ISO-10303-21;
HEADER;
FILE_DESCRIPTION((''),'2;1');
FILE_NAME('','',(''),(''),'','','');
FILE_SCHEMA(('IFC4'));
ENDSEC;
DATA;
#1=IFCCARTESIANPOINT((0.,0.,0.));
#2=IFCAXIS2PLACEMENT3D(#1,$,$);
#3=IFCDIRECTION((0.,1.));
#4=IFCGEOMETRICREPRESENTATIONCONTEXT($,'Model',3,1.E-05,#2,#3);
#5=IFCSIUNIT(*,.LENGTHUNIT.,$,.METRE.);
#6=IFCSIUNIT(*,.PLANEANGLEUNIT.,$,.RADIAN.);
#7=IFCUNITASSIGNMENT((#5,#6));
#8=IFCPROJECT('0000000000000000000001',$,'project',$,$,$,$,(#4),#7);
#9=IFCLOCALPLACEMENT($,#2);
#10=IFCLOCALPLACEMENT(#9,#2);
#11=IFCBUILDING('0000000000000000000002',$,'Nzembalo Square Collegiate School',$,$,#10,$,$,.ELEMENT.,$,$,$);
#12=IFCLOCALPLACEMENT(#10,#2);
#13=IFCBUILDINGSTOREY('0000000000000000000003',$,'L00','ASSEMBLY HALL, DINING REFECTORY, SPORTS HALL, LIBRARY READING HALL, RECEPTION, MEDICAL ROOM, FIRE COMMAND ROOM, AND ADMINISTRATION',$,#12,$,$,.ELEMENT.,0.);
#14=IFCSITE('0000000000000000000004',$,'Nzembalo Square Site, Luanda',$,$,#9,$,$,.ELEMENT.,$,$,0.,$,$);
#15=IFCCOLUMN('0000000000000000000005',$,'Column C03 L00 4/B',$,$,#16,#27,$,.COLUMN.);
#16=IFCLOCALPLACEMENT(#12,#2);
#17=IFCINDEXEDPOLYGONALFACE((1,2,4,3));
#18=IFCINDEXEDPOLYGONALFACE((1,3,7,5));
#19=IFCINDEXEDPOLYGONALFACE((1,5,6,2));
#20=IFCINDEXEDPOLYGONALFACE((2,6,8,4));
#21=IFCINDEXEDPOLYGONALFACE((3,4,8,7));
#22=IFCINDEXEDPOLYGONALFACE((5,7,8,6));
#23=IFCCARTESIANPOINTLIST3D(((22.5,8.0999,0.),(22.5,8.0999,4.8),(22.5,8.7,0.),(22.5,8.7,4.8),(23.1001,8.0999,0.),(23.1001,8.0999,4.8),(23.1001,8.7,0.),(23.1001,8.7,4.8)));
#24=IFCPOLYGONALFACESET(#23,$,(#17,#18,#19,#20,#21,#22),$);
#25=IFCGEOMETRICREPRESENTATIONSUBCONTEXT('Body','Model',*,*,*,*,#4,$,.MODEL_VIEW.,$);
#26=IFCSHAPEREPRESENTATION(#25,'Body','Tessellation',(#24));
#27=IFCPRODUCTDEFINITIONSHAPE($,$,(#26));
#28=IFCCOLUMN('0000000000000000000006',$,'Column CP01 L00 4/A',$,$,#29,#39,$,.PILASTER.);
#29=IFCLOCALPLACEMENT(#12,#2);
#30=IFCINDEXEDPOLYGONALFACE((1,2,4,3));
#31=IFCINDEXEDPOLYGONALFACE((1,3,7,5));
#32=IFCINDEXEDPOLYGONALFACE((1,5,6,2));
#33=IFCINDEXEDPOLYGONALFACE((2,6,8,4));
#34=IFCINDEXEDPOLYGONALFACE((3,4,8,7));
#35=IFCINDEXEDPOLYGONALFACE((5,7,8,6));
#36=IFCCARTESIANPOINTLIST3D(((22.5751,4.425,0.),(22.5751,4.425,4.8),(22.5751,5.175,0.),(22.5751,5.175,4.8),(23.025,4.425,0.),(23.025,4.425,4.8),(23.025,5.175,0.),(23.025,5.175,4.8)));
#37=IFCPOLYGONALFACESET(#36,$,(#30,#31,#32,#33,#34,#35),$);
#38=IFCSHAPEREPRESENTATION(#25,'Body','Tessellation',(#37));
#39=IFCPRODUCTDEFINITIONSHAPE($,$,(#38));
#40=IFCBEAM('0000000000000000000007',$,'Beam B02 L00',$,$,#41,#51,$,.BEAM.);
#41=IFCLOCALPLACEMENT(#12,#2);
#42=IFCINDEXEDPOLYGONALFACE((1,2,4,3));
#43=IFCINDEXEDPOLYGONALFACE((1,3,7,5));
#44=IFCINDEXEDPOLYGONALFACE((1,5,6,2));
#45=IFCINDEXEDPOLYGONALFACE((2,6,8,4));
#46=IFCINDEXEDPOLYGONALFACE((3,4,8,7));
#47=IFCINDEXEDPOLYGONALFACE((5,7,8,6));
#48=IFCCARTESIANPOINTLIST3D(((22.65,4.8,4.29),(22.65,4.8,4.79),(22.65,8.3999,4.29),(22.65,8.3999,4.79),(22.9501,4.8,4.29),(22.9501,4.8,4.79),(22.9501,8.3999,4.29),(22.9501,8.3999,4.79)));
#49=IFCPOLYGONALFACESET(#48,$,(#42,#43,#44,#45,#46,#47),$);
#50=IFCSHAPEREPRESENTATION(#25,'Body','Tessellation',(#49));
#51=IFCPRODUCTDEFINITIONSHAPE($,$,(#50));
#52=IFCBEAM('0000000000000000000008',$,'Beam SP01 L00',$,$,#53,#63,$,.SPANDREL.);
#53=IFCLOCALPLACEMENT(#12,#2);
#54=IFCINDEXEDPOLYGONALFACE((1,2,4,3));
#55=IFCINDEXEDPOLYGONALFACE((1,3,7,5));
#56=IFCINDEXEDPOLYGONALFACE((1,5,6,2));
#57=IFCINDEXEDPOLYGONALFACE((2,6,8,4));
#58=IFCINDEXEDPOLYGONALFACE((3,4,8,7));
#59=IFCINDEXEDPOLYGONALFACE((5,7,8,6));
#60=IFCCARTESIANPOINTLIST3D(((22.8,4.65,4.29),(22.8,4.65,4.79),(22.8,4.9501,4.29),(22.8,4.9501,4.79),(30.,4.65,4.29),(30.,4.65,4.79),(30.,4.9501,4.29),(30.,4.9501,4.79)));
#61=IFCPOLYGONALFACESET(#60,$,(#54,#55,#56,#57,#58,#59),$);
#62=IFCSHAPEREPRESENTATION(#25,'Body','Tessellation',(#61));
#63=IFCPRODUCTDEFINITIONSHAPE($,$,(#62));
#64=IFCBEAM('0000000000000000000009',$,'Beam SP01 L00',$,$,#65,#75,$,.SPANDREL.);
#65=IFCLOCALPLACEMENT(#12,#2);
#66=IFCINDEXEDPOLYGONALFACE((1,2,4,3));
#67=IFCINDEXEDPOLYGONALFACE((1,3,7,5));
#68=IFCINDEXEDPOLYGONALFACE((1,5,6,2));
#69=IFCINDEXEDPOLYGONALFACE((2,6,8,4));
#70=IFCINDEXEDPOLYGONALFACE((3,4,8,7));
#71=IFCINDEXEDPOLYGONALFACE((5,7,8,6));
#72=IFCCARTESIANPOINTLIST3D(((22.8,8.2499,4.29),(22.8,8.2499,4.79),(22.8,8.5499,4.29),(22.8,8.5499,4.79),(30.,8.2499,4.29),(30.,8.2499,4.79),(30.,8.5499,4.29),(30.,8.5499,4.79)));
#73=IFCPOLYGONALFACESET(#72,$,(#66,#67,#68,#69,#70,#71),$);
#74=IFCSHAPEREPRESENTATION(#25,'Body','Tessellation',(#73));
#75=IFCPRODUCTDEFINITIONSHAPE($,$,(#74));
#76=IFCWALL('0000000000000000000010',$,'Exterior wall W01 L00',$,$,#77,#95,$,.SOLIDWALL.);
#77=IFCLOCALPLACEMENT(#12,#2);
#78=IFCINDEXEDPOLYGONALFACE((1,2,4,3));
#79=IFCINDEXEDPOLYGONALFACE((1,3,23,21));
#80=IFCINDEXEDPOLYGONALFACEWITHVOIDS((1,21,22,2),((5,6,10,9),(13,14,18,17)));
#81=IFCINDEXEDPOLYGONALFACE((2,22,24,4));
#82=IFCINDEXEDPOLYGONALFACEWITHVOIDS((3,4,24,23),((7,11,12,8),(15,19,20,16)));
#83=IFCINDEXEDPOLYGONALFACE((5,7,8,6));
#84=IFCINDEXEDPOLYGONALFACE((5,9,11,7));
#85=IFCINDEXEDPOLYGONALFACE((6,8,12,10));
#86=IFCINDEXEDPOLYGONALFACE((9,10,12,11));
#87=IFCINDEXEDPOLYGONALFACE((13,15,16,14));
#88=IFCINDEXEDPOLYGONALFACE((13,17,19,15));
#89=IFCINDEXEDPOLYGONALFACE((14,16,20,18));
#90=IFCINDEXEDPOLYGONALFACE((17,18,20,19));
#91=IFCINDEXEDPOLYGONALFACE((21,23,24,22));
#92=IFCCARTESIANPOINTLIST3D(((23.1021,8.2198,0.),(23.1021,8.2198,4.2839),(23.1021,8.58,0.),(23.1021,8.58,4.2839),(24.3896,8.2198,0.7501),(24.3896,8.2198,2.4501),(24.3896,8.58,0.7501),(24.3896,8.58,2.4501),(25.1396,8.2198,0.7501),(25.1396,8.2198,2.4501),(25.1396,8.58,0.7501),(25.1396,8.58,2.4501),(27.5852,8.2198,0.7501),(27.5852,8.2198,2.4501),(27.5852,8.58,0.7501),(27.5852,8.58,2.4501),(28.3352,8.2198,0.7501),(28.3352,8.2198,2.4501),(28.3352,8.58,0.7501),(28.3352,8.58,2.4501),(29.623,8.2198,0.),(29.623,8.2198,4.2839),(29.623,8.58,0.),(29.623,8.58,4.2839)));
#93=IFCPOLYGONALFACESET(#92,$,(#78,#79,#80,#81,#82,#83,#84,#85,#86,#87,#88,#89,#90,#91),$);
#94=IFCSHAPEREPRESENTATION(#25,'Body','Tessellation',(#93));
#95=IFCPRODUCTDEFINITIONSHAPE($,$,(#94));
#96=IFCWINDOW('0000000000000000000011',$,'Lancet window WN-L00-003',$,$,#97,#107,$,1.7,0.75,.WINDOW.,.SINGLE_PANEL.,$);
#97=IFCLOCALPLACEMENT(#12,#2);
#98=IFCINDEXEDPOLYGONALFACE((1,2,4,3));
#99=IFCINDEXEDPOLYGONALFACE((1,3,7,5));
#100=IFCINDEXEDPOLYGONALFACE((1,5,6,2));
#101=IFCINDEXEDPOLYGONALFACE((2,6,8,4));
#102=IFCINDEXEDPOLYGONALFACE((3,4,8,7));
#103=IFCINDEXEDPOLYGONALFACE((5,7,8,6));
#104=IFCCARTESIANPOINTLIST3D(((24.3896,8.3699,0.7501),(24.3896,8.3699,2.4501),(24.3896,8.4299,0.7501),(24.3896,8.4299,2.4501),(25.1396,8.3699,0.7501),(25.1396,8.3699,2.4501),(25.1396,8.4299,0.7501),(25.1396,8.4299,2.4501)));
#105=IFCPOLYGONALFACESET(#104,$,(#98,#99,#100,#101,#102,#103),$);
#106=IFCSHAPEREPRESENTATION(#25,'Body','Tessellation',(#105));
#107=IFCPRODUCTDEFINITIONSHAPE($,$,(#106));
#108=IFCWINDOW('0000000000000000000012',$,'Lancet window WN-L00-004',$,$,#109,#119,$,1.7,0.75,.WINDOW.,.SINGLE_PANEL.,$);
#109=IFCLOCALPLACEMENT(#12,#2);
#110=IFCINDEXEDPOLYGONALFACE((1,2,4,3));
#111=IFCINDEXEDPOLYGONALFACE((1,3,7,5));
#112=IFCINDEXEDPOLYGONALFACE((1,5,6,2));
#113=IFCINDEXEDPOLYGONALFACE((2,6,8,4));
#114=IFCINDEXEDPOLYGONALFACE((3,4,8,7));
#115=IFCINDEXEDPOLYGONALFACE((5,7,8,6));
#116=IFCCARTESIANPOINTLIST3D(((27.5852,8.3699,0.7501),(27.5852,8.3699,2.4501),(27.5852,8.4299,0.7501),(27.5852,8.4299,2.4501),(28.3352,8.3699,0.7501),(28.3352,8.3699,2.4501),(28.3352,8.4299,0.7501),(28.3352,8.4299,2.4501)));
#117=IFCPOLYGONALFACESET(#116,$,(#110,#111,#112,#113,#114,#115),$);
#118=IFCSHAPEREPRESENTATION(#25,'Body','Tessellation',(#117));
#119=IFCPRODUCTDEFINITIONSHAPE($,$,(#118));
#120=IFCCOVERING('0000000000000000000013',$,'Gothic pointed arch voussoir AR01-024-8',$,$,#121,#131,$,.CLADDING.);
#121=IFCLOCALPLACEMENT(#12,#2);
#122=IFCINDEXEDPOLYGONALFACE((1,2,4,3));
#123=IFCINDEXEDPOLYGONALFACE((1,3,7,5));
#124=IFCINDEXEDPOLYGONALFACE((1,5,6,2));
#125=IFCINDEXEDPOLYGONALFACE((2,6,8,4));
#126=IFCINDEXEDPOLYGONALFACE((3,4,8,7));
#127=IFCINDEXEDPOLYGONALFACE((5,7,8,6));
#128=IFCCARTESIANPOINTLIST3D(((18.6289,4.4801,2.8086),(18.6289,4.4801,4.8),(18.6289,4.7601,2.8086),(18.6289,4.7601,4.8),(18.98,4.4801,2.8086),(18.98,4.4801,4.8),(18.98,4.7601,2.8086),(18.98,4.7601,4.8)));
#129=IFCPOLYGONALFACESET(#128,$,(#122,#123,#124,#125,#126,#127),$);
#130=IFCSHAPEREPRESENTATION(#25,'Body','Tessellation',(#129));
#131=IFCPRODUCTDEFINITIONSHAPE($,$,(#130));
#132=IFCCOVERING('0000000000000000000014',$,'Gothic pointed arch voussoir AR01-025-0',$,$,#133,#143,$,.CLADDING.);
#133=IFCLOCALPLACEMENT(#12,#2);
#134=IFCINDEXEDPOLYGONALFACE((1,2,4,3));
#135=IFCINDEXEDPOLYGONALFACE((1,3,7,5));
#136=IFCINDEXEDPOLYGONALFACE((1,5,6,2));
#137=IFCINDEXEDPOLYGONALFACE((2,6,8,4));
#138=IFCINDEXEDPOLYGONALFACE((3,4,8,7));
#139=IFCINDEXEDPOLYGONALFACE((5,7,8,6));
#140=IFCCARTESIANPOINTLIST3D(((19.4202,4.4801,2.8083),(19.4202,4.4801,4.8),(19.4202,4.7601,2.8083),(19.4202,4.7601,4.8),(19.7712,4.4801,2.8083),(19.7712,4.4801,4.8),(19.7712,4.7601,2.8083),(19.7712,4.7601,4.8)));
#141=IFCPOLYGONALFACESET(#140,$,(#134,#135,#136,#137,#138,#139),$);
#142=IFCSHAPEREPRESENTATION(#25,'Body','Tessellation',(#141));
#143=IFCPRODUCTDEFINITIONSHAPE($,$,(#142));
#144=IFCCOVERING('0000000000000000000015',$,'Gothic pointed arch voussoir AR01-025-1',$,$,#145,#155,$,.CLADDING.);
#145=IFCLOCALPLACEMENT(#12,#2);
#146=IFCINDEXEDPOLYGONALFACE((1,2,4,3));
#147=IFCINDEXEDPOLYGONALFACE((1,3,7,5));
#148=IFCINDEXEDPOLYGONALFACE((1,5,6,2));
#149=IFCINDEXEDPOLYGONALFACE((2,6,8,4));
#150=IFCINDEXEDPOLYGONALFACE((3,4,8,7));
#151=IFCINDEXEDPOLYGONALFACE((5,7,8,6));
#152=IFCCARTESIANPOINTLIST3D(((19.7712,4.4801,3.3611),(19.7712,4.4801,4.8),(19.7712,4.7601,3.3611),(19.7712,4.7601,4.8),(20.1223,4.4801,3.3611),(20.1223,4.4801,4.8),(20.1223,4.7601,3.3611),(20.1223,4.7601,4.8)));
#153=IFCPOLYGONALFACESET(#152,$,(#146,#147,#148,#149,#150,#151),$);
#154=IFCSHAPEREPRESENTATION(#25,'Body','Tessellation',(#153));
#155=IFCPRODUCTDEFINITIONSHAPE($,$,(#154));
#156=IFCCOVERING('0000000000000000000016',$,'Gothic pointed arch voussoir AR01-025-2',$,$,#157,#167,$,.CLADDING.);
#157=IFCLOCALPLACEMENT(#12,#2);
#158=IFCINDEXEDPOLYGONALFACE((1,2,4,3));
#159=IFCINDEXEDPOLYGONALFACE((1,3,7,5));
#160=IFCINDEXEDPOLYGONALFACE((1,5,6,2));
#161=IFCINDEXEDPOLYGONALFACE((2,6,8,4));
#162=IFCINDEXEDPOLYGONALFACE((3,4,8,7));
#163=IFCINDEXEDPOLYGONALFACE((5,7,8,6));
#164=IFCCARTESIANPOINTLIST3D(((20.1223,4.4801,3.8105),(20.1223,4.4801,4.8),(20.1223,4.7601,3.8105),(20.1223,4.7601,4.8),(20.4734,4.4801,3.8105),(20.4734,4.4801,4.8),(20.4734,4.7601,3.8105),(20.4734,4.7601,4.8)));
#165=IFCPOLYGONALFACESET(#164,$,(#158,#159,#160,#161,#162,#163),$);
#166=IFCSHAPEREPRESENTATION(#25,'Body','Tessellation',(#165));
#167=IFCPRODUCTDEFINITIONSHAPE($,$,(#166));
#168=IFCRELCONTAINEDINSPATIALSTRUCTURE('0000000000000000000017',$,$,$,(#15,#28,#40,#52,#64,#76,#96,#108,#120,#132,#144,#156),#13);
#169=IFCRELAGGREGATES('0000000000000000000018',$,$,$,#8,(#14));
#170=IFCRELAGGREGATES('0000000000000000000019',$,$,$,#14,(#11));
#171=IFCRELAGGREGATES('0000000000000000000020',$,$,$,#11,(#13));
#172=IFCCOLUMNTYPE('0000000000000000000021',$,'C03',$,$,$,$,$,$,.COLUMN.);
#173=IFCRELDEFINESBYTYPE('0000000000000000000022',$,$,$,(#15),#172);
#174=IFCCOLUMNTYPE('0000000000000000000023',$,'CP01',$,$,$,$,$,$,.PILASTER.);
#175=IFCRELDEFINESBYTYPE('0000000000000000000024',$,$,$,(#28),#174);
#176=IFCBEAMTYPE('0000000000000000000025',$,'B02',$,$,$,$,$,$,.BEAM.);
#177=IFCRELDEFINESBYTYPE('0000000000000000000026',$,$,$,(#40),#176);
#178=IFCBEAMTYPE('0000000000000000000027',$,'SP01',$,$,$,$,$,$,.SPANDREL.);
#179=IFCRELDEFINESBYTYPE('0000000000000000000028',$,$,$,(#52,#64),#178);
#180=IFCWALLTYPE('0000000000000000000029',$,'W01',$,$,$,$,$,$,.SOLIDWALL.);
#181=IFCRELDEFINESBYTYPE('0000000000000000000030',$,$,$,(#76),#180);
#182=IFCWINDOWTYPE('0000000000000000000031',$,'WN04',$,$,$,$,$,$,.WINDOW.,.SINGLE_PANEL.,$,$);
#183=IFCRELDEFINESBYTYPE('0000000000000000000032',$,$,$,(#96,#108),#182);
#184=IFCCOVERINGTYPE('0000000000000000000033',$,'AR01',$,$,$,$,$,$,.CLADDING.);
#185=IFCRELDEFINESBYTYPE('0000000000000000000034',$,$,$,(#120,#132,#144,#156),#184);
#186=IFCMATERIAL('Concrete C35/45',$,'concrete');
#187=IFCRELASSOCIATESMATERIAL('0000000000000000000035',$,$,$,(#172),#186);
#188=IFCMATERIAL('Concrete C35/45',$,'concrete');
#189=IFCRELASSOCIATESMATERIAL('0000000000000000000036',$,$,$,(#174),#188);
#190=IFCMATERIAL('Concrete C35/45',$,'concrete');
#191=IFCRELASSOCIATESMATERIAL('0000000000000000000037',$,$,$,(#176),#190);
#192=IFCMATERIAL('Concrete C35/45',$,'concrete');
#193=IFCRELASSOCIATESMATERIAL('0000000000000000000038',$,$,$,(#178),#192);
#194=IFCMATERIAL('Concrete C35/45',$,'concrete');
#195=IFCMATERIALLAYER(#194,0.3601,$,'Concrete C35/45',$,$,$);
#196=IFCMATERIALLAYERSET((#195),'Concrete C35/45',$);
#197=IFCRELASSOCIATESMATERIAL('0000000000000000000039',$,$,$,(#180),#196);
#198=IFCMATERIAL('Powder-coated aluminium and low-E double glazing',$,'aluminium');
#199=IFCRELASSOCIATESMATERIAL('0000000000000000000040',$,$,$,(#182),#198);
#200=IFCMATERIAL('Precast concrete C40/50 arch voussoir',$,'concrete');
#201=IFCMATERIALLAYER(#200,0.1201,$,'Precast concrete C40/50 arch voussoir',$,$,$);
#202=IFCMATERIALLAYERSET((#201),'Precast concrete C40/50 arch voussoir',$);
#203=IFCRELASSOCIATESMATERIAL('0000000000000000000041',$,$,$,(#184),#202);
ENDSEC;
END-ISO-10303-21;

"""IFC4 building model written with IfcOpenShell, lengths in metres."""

from ifc_helpers import new_model, si_unit, direction, frame, frame_2d, origin, origin_2d, place, context, subcontext, project, spatial, rectangle, extrude, material, layer, layer_set, material_profile, profile_set, type_object, element, fill, save


model = new_model("IFC4")

# Units and contexts
model_context = context("Model", 3, precision=1e-05, world=origin(), true_north=direction((0.0, 1.0)))
body_context = subcontext(model_context, "Body", "Model", "MODEL_VIEW")
ifc_project = project(units=[si_unit("LENGTHUNIT", "METRE"), si_unit("PLANEANGLEUNIT", "RADIAN")], contexts=[model_context])

# Site, building, storey
site_placement = place(None, origin())
site = spatial("IfcSite", under=ifc_project, at=site_placement, Name="Nzembalo Square Site, Luanda", CompositionType="ELEMENT", RefElevation=0.0)
building_placement = place(site_placement, origin())
building = spatial("IfcBuilding", under=site, at=building_placement, Name="Nzembalo Square Collegiate School", CompositionType="ELEMENT")
storey_placement = place(building_placement, origin())
storey = spatial("IfcBuildingStorey", under=building, at=storey_placement, Name="L00", Description="ASSEMBLY HALL, DINING REFECTORY, SPORTS HALL, LIBRARY READING HALL, RECEPTION, MEDICAL ROOM, FIRE COMMAND ROOM, AND ADMINISTRATION", CompositionType="ELEMENT", Elevation=0.0)

# Columns
ifc_material_1 = material(Name="Concrete C35/45", Category="concrete")
ifc_material_profile_1 = material_profile(ifc_material_1, rectangle(XDim=0.6001, YDim=0.6001, at=origin_2d()), Name="RC 600x600")
ifc_profile_set_1 = profile_set([ifc_material_profile_1], Name="Concrete C35/45")
column_type_1 = type_object("IfcColumnType", Name="C03", PredefinedType="COLUMN", material=ifc_profile_set_1)
column_1_placement = place(storey_placement, frame((22.8, 8.3999, 0.0), z_axis=(0.0, 0.0, 1.0), x_axis=(1.0, 0.0, 0.0)))
element("IfcColumn", 1, at=column_1_placement, inside=storey, type_object=column_type_1, Name="Column C03 L00 4/B", PredefinedType="COLUMN", context=body_context, shape_type="SweptSolid", body=[
    extrude(rectangle(XDim=0.6001, YDim=0.6001, at=origin_2d()), origin(), (0.0, 0.0, 1.0), 4.8),
])
ifc_material_2 = material(Name="Concrete C35/45", Category="concrete")
ifc_material_profile_2 = material_profile(ifc_material_2, rectangle(XDim=0.45, YDim=0.75, at=origin_2d()), Name="RC 450x750")
ifc_profile_set_2 = profile_set([ifc_material_profile_2], Name="Concrete C35/45")
column_type_2 = type_object("IfcColumnType", Name="CP01", PredefinedType="PILASTER", material=ifc_profile_set_2)
column_2_placement = place(storey_placement, frame((22.8, 4.8, 0.0), z_axis=(0.0, 0.0, 1.0), x_axis=(1.0, 0.0, 0.0)))
element("IfcColumn", 2, at=column_2_placement, inside=storey, type_object=column_type_2, Name="Column CP01 L00 4/A", PredefinedType="PILASTER", context=body_context, shape_type="SweptSolid", body=[
    extrude(rectangle(XDim=0.45, YDim=0.75, at=origin_2d()), origin(), (0.0, 0.0, 1.0), 4.8),
])

# Beams
ifc_material_3 = material(Name="Concrete C35/45", Category="concrete")
ifc_material_profile_3 = material_profile(ifc_material_3, rectangle(XDim=0.3, YDim=0.5, at=origin_2d()), Name="RC 300x500")
ifc_profile_set_3 = profile_set([ifc_material_profile_3], Name="Concrete C35/45")
beam_type_1 = type_object("IfcBeamType", Name="B02", PredefinedType="BEAM", material=ifc_profile_set_3)
beam_placement = place(storey_placement, frame((22.8, 4.8, 4.54), z_axis=(0.0, 1.0, 0.0), x_axis=(-1.0, 0.0, 0.0)))
element("IfcBeam", 3, at=beam_placement, inside=storey, type_object=beam_type_1, Name="Beam B02 L00", PredefinedType="BEAM", context=body_context, shape_type="SweptSolid", body=[
    extrude(rectangle(XDim=0.3, YDim=0.5, at=origin_2d()), origin(), (0.0, 0.0, 1.0), 3.5999),
])
ifc_material_4 = material(Name="Concrete C35/45", Category="concrete")
ifc_material_profile_4 = material_profile(ifc_material_4, rectangle(XDim=0.3, YDim=0.5, at=origin_2d()), Name="RC 300x500")
ifc_profile_set_4 = profile_set([ifc_material_profile_4], Name="Concrete C35/45")
beam_type_2 = type_object("IfcBeamType", Name="SP01", PredefinedType="SPANDREL", material=ifc_profile_set_4)
for number, where, z_axis, x_axis, name in (
    (4, (22.8, 4.8, 4.54), (1.0, 0.0, 0.0), (0.0, 1.0, 0.0), "Beam SP01 L00"),
    (5, (22.8, 8.3999, 4.54), (1.0, 0.0, 0.0), (0.0, 1.0, 0.0), "Beam SP01 L00"),
):
    element("IfcBeam", number, at=place(storey_placement, frame(where, z_axis=z_axis, x_axis=x_axis)), inside=storey, type_object=beam_type_2, Name=name, PredefinedType="SPANDREL", context=body_context, shape_type="SweptSolid", body=[
        extrude(rectangle(XDim=0.3, YDim=0.5, at=origin_2d()), origin(), (0.0, 0.0, 1.0), 7.2),
    ])

# Wall, openings, windows
ifc_material_5 = material(Name="Concrete C35/45", Category="concrete")
ifc_layer_1 = layer(ifc_material_5, 0.3601, Name="Concrete C35/45")
ifc_layer_set_1 = layer_set([ifc_layer_1], Name="Concrete C35/45")
wall_type = type_object("IfcWallType", Name="W01", PredefinedType="SOLIDWALL", material=ifc_layer_set_1)
wall_placement = place(storey_placement, frame((23.1021, 8.3999, 0.0), z_axis=(0.0, 0.0, 1.0), x_axis=(1.0, 0.0, 0.0)))
wall = element("IfcWall", 6, at=wall_placement, inside=storey, type_object=wall_type, Name="Exterior wall W01 L00", PredefinedType="SOLIDWALL", context=body_context, shape_type="SweptSolid", body=[
    extrude(rectangle(XDim=6.521, YDim=0.3601, at=frame_2d((3.2605, 0.0))), origin(), (0.0, 0.0, 1.0), 4.2839),
])
opening_1_placement = place(wall_placement, frame((1.2876, 0.0, 0.75)))
opening_1 = element("IfcOpeningElement", 7, at=opening_1_placement, cuts=wall, PredefinedType="OPENING", context=body_context, shape_type="SweptSolid", body=[
    extrude(rectangle(XDim=0.75, YDim=1.7, at=frame_2d((0.375, 0.8501))), frame((0.0, 0.1899, 0.0), z_axis=(0.0, -1.0, 0.0), x_axis=(1.0, 0.0, 0.0)), (0.0, 0.0, 1.0), 0.3801),
])
opening_2_placement = place(wall_placement, frame((4.4832, 0.0, 0.75)))
opening_2 = element("IfcOpeningElement", 8, at=opening_2_placement, cuts=wall, PredefinedType="OPENING", context=body_context, shape_type="SweptSolid", body=[
    extrude(rectangle(XDim=0.75, YDim=1.7, at=frame_2d((0.375, 0.8501))), frame((0.0, 0.1899, 0.0), z_axis=(0.0, -1.0, 0.0), x_axis=(1.0, 0.0, 0.0)), (0.0, 0.0, 1.0), 0.3801),
])
ifc_material_6 = material(Name="Powder-coated aluminium and low-E double glazing", Category="aluminium")
window_type = type_object("IfcWindowType", Name="WN04", PartitioningType="SINGLE_PANEL", PredefinedType="WINDOW", material=ifc_material_6)
window_1_placement = place(opening_1_placement, origin())
window_1 = element("IfcWindow", 9, at=window_1_placement, inside=storey, type_object=window_type, Name="Lancet window WN-L00-003", OverallHeight=1.7, OverallWidth=0.75, PartitioningType="SINGLE_PANEL", PredefinedType="WINDOW", context=body_context, shape_type="SweptSolid", body=[
    extrude(rectangle(XDim=0.75, YDim=1.7, at=frame_2d((0.375, 0.8501))), frame((0.0, 0.03, 0.0), z_axis=(0.0, -1.0, 0.0), x_axis=(1.0, 0.0, 0.0)), (0.0, 0.0, 1.0), 0.0601),
])
fill(opening_1, window_1)
window_2_placement = place(opening_2_placement, origin())
window_2 = element("IfcWindow", 10, at=window_2_placement, inside=storey, type_object=window_type, Name="Lancet window WN-L00-004", OverallHeight=1.7, OverallWidth=0.75, PartitioningType="SINGLE_PANEL", PredefinedType="WINDOW", context=body_context, shape_type="SweptSolid", body=[
    extrude(rectangle(XDim=0.75, YDim=1.7, at=frame_2d((0.375, 0.8501))), frame((0.0, 0.03, 0.0), z_axis=(0.0, -1.0, 0.0), x_axis=(1.0, 0.0, 0.0)), (0.0, 0.0, 1.0), 0.0601),
])
fill(opening_2, window_2)

# Coverings
ifc_material_7 = material(Name="Precast concrete C40/50 arch voussoir", Category="concrete")
ifc_layer_2 = layer(ifc_material_7, 0.1201, Name="Precast concrete C40/50 arch voussoir")
ifc_layer_set_2 = layer_set([ifc_layer_2], Name="Precast concrete C40/50 arch voussoir")
covering_type_1 = type_object("IfcCoveringType", Name="AR01", PredefinedType="CLADDING", material=ifc_layer_set_2)
covering_1_placement = place(storey_placement, frame((18.8044, 4.6201, 2.8086), z_axis=(0.0, 0.0, 1.0), x_axis=(1.0, 0.0, 0.0)))
element("IfcCovering", 11, at=covering_1_placement, inside=storey, type_object=covering_type_1, Name="Gothic pointed arch voussoir AR01-024-8", PredefinedType="CLADDING", context=body_context, shape_type="SweptSolid", body=[
    extrude(rectangle(XDim=0.3511, YDim=0.28, at=origin_2d()), origin(), (0.0, 0.0, 1.0), 1.9915),
])
covering_2_placement = place(storey_placement, frame((19.5957, 4.6201, 2.8083), z_axis=(0.0, 0.0, 1.0), x_axis=(1.0, 0.0, 0.0)))
element("IfcCovering", 12, at=covering_2_placement, inside=storey, type_object=covering_type_1, Name="Gothic pointed arch voussoir AR01-025-0", PredefinedType="CLADDING", context=body_context, shape_type="SweptSolid", body=[
    extrude(rectangle(XDim=0.3511, YDim=0.28, at=origin_2d()), origin(), (0.0, 0.0, 1.0), 1.9917),
])
covering_3_placement = place(storey_placement, frame((19.9468, 4.6201, 3.3611), z_axis=(0.0, 0.0, 1.0), x_axis=(1.0, 0.0, 0.0)))
element("IfcCovering", 13, at=covering_3_placement, inside=storey, type_object=covering_type_1, Name="Gothic pointed arch voussoir AR01-025-1", PredefinedType="CLADDING", context=body_context, shape_type="SweptSolid", body=[
    extrude(rectangle(XDim=0.3511, YDim=0.28, at=origin_2d()), origin(), (0.0, 0.0, 1.0), 1.439),
])
covering_4_placement = place(storey_placement, frame((20.2979, 4.6201, 3.8105), z_axis=(0.0, 0.0, 1.0), x_axis=(1.0, 0.0, 0.0)))
element("IfcCovering", 14, at=covering_4_placement, inside=storey, type_object=covering_type_1, Name="Gothic pointed arch voussoir AR01-025-2", PredefinedType="CLADDING", context=body_context, shape_type="SweptSolid", body=[
    extrude(rectangle(XDim=0.3511, YDim=0.28, at=origin_2d()), origin(), (0.0, 0.0, 1.0), 0.9895),
])

save(model, "model.ifc")
